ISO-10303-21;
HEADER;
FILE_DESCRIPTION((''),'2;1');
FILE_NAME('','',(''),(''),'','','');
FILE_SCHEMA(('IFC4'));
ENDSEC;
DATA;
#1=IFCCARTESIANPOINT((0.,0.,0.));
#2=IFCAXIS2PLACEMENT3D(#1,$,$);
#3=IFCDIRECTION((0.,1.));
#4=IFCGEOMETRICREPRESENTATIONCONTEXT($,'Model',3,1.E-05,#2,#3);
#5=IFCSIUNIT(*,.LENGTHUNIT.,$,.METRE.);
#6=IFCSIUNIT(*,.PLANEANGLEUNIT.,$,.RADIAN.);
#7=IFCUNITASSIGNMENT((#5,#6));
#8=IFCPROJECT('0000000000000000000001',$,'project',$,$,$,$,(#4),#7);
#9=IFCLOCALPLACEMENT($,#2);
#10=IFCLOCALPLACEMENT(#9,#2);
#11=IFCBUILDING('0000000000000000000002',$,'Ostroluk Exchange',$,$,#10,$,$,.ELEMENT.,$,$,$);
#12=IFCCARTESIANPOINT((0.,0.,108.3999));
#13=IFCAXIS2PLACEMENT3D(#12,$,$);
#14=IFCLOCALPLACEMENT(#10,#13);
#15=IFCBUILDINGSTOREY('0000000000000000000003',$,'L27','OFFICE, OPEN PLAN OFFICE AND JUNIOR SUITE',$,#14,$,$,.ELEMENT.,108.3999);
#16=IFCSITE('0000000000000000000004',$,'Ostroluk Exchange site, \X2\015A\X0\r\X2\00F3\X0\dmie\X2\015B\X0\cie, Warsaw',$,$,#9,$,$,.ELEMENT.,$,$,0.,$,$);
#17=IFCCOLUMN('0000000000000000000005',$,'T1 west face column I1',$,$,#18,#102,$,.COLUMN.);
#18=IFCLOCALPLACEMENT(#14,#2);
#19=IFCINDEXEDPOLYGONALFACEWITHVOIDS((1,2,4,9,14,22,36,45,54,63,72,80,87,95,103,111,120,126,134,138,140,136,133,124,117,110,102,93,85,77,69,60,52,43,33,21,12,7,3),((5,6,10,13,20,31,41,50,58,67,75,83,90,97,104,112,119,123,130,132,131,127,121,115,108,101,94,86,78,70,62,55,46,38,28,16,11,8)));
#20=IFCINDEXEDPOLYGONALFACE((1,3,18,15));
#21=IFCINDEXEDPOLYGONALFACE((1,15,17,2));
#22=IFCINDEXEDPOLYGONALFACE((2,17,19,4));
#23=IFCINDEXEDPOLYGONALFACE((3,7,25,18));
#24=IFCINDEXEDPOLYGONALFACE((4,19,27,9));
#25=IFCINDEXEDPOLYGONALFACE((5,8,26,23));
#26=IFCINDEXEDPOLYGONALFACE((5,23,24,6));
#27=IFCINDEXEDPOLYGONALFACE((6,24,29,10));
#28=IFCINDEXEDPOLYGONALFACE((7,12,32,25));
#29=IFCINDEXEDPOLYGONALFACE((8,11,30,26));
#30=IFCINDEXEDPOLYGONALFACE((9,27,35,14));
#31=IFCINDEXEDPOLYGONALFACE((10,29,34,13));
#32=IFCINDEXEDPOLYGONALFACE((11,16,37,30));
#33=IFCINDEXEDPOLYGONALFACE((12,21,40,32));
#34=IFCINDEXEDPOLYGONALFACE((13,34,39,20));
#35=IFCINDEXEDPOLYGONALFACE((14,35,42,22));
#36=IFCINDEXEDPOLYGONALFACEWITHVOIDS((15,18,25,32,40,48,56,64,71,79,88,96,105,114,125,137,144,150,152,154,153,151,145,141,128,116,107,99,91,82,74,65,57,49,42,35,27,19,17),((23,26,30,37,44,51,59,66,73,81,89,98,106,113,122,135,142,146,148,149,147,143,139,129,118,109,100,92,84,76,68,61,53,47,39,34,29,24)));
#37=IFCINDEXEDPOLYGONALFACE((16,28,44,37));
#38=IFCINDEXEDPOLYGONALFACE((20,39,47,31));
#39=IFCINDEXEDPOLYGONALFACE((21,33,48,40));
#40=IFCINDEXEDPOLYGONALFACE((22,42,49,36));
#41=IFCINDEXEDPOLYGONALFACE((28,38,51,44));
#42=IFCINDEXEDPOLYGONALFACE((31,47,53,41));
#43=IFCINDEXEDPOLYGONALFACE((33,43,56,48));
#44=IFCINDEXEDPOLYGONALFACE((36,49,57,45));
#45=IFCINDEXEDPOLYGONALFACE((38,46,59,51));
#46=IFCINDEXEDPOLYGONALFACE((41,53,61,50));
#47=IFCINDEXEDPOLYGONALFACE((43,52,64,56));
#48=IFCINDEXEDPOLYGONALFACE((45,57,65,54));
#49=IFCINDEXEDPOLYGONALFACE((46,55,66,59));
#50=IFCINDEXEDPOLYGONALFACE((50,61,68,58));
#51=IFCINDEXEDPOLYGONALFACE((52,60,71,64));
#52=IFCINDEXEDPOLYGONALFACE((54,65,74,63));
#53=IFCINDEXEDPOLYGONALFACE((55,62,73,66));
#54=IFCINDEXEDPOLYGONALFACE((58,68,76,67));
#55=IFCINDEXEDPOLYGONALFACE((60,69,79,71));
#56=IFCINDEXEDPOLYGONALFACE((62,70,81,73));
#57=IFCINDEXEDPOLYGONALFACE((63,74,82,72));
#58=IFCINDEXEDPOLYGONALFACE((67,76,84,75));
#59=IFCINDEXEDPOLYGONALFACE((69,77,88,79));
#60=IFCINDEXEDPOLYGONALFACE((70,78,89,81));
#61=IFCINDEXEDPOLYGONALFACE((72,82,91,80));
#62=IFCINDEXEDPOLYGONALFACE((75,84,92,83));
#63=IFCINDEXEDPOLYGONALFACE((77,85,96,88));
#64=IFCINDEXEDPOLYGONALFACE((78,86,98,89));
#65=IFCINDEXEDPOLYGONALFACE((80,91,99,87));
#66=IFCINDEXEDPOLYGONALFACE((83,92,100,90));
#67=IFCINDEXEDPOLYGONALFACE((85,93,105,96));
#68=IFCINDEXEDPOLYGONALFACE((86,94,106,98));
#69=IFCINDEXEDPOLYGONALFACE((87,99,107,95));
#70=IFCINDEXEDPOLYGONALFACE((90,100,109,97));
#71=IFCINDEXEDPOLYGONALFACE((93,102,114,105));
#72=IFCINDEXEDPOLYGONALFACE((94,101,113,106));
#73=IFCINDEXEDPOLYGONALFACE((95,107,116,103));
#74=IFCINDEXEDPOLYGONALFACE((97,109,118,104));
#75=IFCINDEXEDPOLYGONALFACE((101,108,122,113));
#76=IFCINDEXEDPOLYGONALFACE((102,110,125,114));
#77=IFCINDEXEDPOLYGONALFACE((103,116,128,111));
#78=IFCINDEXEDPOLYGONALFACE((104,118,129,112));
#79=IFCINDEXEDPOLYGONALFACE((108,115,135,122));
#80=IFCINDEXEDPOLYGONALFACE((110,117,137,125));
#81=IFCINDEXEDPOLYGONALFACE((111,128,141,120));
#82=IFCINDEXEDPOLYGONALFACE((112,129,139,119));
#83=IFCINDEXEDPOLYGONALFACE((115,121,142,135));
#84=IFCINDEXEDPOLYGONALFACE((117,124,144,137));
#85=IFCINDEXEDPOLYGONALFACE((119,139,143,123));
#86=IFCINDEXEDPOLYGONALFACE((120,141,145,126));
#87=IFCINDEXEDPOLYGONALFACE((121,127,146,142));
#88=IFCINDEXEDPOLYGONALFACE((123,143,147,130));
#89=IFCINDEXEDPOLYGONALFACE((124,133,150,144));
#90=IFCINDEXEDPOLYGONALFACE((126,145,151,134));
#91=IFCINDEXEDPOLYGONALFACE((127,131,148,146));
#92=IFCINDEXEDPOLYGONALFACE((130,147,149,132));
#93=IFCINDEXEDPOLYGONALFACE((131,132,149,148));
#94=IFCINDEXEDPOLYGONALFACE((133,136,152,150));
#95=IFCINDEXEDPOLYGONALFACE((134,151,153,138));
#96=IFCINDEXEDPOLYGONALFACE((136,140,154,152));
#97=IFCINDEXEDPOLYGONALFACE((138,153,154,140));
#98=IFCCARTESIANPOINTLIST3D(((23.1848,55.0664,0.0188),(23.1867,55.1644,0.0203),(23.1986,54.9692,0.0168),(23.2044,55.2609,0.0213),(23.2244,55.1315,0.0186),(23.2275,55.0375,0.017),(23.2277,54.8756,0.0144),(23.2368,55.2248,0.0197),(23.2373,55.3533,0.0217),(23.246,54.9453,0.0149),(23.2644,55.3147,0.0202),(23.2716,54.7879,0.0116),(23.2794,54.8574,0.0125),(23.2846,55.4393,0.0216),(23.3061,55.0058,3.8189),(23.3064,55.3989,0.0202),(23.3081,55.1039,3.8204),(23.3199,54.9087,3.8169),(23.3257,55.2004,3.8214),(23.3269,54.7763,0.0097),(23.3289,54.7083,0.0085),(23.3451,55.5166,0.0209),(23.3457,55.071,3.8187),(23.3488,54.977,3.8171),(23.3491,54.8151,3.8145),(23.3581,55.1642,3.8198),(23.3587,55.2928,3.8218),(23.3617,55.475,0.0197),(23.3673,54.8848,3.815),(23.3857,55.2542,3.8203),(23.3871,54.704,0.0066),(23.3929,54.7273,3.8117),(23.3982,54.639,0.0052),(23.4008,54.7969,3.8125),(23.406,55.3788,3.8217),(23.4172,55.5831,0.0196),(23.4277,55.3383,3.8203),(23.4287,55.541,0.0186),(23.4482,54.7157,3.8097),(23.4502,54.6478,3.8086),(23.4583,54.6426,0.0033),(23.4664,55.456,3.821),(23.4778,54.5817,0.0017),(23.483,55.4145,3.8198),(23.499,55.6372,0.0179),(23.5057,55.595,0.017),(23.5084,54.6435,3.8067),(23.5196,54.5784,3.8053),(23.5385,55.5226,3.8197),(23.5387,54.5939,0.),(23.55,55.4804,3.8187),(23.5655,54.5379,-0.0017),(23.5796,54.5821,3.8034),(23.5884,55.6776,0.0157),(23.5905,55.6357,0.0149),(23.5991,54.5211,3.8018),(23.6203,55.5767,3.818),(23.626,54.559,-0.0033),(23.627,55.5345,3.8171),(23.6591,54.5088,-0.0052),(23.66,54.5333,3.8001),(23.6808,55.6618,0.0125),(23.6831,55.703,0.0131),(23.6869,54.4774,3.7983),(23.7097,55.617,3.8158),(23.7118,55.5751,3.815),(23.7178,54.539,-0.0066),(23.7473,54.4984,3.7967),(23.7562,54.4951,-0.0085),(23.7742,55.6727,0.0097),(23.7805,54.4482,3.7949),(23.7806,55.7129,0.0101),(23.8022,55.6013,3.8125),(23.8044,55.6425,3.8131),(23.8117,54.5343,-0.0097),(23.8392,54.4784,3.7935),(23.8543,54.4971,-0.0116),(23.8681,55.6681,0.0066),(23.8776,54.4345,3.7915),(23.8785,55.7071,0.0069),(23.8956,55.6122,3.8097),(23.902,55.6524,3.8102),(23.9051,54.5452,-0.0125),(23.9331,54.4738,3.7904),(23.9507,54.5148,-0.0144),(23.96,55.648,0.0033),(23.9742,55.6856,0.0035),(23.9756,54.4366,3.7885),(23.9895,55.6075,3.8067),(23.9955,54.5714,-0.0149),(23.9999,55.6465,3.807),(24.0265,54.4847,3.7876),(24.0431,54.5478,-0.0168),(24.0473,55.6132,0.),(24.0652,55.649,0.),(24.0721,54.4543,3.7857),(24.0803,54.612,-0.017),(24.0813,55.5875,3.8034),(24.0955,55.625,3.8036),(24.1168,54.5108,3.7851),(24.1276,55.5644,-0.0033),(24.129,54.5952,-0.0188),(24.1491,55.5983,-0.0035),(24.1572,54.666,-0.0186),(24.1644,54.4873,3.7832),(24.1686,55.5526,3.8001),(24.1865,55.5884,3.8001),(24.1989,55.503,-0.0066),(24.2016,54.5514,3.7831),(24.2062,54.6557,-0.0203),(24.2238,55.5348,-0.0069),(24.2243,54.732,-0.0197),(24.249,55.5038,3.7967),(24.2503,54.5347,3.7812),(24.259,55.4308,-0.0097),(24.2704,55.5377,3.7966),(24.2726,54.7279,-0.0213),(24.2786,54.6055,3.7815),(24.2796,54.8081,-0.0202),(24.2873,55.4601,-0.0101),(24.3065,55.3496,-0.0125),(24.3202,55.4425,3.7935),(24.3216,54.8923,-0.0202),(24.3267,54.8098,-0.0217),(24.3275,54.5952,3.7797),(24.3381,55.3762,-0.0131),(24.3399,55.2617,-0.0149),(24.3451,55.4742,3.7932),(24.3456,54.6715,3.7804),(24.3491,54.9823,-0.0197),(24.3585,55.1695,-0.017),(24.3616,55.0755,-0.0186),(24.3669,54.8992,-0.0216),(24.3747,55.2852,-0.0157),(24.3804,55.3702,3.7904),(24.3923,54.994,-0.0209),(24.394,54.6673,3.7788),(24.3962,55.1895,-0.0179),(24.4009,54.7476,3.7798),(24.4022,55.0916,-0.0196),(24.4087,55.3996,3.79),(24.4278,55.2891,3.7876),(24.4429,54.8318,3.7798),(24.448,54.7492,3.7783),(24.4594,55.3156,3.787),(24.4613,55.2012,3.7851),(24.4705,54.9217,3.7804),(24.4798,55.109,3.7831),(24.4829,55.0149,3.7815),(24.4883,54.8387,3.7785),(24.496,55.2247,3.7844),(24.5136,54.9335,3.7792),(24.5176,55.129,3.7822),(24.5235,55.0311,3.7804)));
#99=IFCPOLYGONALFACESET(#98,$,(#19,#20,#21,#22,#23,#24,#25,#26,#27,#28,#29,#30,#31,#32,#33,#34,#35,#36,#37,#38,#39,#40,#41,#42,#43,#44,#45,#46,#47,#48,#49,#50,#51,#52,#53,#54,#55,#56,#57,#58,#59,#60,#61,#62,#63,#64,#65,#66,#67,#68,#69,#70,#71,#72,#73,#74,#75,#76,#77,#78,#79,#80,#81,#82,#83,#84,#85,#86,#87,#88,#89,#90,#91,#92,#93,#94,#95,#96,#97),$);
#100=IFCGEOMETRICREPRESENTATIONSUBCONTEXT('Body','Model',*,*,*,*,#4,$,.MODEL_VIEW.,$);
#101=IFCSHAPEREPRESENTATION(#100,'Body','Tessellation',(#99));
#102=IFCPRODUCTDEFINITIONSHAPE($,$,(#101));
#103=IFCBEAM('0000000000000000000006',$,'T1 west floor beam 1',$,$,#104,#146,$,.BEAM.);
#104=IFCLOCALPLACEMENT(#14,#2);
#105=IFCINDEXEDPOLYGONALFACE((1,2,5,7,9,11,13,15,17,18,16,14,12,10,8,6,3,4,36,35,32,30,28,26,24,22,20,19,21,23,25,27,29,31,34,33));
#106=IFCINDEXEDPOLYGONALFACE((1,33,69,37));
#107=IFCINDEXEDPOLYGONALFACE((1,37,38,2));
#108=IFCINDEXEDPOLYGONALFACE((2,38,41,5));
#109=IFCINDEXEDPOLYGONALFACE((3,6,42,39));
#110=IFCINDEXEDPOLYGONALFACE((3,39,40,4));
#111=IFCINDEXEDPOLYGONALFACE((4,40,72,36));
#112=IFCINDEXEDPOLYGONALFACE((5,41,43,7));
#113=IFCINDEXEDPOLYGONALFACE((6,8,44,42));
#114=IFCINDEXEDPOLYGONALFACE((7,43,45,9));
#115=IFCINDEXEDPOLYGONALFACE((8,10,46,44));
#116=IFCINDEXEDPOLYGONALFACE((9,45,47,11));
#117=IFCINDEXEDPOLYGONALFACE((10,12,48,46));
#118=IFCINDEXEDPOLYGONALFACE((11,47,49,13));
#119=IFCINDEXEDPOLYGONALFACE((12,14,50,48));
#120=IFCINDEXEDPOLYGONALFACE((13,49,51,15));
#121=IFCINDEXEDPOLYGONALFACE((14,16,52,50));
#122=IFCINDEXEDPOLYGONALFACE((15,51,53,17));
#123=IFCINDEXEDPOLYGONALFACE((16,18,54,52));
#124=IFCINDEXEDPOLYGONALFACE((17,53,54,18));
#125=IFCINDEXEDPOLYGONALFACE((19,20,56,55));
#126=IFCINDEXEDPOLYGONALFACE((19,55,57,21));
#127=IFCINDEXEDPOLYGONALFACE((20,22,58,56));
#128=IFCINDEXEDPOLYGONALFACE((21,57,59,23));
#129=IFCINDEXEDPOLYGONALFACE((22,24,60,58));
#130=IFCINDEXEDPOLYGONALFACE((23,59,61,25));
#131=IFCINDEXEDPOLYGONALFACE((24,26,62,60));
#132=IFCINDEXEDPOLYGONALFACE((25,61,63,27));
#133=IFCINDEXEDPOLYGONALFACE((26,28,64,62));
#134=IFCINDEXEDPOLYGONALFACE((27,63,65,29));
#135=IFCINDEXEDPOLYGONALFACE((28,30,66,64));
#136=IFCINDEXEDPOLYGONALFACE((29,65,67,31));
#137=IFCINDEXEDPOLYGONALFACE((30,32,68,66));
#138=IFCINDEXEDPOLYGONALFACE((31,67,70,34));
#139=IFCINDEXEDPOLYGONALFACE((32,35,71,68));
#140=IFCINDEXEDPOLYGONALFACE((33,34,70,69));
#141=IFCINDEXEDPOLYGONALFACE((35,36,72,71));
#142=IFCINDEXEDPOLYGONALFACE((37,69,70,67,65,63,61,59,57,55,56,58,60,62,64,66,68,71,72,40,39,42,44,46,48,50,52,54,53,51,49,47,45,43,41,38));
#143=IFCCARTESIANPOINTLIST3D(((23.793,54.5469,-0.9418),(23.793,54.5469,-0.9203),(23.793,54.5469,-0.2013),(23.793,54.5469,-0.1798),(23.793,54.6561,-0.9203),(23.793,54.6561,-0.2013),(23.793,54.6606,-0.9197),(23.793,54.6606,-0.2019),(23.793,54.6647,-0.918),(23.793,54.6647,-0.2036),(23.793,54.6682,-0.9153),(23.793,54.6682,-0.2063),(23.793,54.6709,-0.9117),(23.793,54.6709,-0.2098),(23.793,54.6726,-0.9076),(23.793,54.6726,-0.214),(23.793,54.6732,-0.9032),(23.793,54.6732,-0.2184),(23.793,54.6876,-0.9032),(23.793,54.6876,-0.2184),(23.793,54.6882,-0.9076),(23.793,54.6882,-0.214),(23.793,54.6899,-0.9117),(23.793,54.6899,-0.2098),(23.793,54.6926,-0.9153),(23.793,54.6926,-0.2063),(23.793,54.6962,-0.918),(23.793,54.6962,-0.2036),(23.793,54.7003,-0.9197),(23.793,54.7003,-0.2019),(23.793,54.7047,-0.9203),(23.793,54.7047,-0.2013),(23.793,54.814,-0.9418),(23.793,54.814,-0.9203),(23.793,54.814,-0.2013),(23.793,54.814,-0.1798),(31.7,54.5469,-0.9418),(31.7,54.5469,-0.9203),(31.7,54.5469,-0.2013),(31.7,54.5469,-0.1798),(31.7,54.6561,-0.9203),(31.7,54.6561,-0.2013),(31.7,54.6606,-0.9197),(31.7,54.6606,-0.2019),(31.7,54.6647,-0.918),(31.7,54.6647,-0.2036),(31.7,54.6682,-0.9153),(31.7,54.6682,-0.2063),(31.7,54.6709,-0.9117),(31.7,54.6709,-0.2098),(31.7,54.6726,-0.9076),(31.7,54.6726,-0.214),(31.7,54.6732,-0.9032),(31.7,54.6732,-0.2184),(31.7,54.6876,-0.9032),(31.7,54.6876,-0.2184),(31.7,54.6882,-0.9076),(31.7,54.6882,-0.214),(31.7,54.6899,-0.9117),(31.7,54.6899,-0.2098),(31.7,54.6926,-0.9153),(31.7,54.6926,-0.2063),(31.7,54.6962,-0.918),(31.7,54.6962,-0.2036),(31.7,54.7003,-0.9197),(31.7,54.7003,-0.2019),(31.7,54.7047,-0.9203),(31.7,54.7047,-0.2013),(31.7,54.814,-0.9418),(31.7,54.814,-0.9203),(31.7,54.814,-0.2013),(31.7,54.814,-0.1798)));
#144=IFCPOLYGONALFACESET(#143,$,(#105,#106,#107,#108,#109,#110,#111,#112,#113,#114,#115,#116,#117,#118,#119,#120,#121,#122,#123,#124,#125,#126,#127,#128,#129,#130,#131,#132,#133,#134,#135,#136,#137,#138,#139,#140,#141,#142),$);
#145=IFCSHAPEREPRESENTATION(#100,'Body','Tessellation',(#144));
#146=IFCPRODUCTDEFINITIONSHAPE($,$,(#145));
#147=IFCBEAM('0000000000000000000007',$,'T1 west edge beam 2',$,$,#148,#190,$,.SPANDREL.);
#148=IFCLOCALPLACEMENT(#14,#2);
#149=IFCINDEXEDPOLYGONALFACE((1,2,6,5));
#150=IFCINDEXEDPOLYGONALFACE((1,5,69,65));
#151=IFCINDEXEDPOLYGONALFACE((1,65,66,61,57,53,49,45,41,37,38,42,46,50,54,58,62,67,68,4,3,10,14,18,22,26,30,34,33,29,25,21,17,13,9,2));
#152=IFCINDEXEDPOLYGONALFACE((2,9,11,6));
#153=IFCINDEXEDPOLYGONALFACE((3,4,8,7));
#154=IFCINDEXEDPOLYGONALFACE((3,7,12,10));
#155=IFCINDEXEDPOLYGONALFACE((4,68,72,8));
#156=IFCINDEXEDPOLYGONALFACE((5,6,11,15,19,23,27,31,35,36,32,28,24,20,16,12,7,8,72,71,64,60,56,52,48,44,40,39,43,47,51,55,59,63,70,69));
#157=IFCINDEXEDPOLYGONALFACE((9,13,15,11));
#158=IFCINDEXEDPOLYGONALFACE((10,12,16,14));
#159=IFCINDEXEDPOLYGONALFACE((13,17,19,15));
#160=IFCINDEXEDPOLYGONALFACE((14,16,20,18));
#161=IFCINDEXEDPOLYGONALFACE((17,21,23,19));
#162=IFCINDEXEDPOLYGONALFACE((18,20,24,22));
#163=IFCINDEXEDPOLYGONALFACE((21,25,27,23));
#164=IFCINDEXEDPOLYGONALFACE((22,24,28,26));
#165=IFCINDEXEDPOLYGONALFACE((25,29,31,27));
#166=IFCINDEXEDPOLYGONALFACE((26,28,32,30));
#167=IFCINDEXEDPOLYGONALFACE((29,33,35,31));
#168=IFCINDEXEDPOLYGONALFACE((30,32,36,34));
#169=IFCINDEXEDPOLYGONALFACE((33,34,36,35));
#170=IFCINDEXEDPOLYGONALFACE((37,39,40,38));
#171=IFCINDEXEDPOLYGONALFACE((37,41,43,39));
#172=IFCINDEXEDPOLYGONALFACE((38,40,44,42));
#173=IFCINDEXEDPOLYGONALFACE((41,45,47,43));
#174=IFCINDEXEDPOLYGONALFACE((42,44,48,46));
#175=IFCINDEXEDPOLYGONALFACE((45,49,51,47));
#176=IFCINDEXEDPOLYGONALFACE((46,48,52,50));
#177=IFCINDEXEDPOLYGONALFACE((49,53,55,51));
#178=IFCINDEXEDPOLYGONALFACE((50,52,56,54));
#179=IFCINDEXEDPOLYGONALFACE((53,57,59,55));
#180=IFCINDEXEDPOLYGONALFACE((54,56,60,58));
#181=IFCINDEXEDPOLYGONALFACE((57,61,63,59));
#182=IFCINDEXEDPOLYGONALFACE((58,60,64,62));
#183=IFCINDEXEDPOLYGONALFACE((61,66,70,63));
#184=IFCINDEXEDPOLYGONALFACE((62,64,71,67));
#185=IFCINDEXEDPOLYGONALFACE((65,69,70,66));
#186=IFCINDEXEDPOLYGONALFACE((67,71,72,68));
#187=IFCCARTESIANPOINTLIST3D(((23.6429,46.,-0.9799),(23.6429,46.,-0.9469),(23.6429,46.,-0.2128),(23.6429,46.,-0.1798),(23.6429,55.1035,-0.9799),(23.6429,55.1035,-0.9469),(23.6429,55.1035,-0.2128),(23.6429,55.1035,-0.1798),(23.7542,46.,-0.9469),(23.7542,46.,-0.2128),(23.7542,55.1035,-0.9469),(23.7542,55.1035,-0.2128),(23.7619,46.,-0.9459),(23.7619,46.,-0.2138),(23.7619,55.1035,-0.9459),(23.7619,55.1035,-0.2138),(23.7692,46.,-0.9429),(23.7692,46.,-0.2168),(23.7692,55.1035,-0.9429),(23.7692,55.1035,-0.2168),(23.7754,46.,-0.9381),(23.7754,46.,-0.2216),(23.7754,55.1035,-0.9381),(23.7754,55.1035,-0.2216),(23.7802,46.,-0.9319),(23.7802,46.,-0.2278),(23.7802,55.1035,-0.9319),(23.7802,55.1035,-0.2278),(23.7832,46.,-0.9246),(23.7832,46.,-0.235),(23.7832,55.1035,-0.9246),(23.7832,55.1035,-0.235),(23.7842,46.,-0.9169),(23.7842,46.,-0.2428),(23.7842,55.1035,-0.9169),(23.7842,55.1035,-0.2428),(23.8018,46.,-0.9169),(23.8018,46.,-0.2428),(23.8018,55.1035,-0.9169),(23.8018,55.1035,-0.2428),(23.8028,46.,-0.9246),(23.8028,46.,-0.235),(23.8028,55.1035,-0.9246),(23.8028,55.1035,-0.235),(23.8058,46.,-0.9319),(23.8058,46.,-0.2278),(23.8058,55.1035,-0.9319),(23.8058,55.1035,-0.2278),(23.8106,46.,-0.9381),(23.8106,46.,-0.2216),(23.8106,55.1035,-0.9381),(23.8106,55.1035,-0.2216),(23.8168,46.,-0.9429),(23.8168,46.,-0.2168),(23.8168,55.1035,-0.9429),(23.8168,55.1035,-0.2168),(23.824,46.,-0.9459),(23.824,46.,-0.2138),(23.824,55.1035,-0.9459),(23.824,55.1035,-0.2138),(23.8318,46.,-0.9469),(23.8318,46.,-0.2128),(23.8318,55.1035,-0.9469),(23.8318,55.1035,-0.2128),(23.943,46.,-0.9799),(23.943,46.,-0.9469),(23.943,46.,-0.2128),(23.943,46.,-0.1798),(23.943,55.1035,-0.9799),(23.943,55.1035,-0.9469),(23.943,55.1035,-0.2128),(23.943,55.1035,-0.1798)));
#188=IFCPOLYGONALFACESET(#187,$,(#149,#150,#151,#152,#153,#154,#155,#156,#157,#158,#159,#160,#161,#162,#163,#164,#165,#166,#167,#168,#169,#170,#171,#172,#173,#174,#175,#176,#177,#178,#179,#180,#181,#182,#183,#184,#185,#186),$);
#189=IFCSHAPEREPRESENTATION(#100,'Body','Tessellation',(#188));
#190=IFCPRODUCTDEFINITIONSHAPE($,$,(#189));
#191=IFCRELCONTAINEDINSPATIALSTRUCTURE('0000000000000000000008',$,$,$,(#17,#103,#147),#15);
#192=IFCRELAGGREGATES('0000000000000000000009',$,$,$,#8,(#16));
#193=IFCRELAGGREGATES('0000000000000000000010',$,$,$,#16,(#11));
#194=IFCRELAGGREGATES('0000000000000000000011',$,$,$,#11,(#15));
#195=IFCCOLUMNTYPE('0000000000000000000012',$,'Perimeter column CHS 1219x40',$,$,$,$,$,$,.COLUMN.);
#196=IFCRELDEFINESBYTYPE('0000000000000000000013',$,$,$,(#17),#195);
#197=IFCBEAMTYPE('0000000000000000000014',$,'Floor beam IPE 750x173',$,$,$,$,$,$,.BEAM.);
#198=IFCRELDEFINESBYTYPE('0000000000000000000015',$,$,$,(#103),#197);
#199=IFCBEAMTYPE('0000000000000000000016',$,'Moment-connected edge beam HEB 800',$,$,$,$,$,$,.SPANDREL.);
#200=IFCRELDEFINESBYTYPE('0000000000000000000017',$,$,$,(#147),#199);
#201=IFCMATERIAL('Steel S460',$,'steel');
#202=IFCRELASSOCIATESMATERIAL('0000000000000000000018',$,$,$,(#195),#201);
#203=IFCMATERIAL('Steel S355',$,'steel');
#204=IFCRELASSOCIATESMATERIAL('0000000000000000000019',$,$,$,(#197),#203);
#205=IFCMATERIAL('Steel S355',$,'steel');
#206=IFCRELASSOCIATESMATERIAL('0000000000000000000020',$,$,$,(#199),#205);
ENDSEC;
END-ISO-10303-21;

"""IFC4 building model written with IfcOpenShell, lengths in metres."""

from ifc_helpers import new_model, si_unit, direction, frame, origin, origin_2d, place, context, subcontext, project, spatial, hollow_circle, i_section, extrude, material, material_profile, profile_set, type_object, element, save


model = new_model("IFC4")

# Units and contexts
model_context = context("Model", 3, precision=1e-05, world=origin(), true_north=direction((0.0, 1.0)))
body_context = subcontext(model_context, "Body", "Model", "MODEL_VIEW")
ifc_project = project(units=[si_unit("LENGTHUNIT", "METRE"), si_unit("PLANEANGLEUNIT", "RADIAN")], contexts=[model_context])

# Site, building, storey
site_placement = place(None, origin())
site = spatial("IfcSite", under=ifc_project, at=site_placement, Name="Ostroluk Exchange site, Śródmieście, Warsaw", CompositionType="ELEMENT", RefElevation=0.0)
building_placement = place(site_placement, origin())
building = spatial("IfcBuilding", under=site, at=building_placement, Name="Ostroluk Exchange", CompositionType="ELEMENT")
storey_placement = place(building_placement, frame((0.0, 0.0, 108.3999)))
storey = spatial("IfcBuildingStorey", under=building, at=storey_placement, Name="L27", Description="OFFICE, OPEN PLAN OFFICE AND JUNIOR SUITE", CompositionType="ELEMENT", Elevation=108.3999)

# Column
ifc_material_1 = material(Name="Steel S460", Category="steel")
ifc_material_profile_1 = material_profile(ifc_material_1, hollow_circle(Radius=0.6096, WallThickness=0.04, at=origin_2d()), Name="CHS 1219x40")
ifc_profile_set_1 = profile_set([ifc_material_profile_1], Name="Steel S460")
column_type = type_object("IfcColumnType", Name="Perimeter column CHS 1219x40", PredefinedType="COLUMN", material=ifc_profile_set_1)
column_placement = place(storey_placement, frame((23.793, 55.1035, 0.0), z_axis=(0.03191, -0.015923, 0.999364), x_axis=(0.446493, 0.894787, 0.0)))
element("IfcColumn", 1, at=column_placement, inside=storey, type_object=column_type, Name="T1 west face column I1", PredefinedType="COLUMN", context=body_context, shape_type="SweptSolid", body=[
    extrude(hollow_circle(Radius=0.6096, WallThickness=0.04, at=origin_2d()), origin(), (0.0, 0.0, 1.0), 3.8025),
])

# Beams
ifc_material_2 = material(Name="Steel S355", Category="steel")
ifc_material_profile_2 = material_profile(ifc_material_2, i_section(OverallWidth=0.2671, OverallDepth=0.762, WebThickness=0.0144, FlangeThickness=0.0215, FilletRadius=0.0171, at=origin_2d()), Name="IPE 750x173")
ifc_profile_set_2 = profile_set([ifc_material_profile_2], Name="Steel S355")
beam_type_1 = type_object("IfcBeamType", Name="Floor beam IPE 750x173", PredefinedType="BEAM", material=ifc_profile_set_2)
beam_1_placement = place(storey_placement, frame((31.7, 54.6804, -0.5608), z_axis=(-1.0, 0.0, 0.0), x_axis=(0.0, -1.0, 0.0)))
element("IfcBeam", 2, at=beam_1_placement, inside=storey, type_object=beam_type_1, Name="T1 west floor beam 1", PredefinedType="BEAM", context=body_context, shape_type="SweptSolid", body=[
    extrude(i_section(OverallWidth=0.2671, OverallDepth=0.762, WebThickness=0.0144, FlangeThickness=0.0215, FilletRadius=0.0171, at=origin_2d()), origin(), (0.0, 0.0, 1.0), 7.907),
])
ifc_material_3 = material(Name="Steel S355", Category="steel")
ifc_material_profile_3 = material_profile(ifc_material_3, i_section(OverallWidth=0.3, OverallDepth=0.8, WebThickness=0.0176, FlangeThickness=0.033, FilletRadius=0.03, at=origin_2d()), Name="HEB 800")
ifc_profile_set_3 = profile_set([ifc_material_profile_3], Name="Steel S355")
beam_type_2 = type_object("IfcBeamType", Name="Moment-connected edge beam HEB 800", PredefinedType="SPANDREL", material=ifc_profile_set_3)
beam_2_placement = place(storey_placement, frame((23.793, 55.1035, -0.5798), z_axis=(0.0, -1.0, 0.0), x_axis=(1.0, 0.0, 0.0)))
element("IfcBeam", 3, at=beam_2_placement, inside=storey, type_object=beam_type_2, Name="T1 west edge beam 2", PredefinedType="SPANDREL", context=body_context, shape_type="SweptSolid", body=[
    extrude(i_section(OverallWidth=0.3, OverallDepth=0.8, WebThickness=0.0176, FlangeThickness=0.033, FilletRadius=0.03, at=origin_2d()), origin(), (0.0, 0.0, 1.0), 9.1035),
])

save(model, "model.ifc")
